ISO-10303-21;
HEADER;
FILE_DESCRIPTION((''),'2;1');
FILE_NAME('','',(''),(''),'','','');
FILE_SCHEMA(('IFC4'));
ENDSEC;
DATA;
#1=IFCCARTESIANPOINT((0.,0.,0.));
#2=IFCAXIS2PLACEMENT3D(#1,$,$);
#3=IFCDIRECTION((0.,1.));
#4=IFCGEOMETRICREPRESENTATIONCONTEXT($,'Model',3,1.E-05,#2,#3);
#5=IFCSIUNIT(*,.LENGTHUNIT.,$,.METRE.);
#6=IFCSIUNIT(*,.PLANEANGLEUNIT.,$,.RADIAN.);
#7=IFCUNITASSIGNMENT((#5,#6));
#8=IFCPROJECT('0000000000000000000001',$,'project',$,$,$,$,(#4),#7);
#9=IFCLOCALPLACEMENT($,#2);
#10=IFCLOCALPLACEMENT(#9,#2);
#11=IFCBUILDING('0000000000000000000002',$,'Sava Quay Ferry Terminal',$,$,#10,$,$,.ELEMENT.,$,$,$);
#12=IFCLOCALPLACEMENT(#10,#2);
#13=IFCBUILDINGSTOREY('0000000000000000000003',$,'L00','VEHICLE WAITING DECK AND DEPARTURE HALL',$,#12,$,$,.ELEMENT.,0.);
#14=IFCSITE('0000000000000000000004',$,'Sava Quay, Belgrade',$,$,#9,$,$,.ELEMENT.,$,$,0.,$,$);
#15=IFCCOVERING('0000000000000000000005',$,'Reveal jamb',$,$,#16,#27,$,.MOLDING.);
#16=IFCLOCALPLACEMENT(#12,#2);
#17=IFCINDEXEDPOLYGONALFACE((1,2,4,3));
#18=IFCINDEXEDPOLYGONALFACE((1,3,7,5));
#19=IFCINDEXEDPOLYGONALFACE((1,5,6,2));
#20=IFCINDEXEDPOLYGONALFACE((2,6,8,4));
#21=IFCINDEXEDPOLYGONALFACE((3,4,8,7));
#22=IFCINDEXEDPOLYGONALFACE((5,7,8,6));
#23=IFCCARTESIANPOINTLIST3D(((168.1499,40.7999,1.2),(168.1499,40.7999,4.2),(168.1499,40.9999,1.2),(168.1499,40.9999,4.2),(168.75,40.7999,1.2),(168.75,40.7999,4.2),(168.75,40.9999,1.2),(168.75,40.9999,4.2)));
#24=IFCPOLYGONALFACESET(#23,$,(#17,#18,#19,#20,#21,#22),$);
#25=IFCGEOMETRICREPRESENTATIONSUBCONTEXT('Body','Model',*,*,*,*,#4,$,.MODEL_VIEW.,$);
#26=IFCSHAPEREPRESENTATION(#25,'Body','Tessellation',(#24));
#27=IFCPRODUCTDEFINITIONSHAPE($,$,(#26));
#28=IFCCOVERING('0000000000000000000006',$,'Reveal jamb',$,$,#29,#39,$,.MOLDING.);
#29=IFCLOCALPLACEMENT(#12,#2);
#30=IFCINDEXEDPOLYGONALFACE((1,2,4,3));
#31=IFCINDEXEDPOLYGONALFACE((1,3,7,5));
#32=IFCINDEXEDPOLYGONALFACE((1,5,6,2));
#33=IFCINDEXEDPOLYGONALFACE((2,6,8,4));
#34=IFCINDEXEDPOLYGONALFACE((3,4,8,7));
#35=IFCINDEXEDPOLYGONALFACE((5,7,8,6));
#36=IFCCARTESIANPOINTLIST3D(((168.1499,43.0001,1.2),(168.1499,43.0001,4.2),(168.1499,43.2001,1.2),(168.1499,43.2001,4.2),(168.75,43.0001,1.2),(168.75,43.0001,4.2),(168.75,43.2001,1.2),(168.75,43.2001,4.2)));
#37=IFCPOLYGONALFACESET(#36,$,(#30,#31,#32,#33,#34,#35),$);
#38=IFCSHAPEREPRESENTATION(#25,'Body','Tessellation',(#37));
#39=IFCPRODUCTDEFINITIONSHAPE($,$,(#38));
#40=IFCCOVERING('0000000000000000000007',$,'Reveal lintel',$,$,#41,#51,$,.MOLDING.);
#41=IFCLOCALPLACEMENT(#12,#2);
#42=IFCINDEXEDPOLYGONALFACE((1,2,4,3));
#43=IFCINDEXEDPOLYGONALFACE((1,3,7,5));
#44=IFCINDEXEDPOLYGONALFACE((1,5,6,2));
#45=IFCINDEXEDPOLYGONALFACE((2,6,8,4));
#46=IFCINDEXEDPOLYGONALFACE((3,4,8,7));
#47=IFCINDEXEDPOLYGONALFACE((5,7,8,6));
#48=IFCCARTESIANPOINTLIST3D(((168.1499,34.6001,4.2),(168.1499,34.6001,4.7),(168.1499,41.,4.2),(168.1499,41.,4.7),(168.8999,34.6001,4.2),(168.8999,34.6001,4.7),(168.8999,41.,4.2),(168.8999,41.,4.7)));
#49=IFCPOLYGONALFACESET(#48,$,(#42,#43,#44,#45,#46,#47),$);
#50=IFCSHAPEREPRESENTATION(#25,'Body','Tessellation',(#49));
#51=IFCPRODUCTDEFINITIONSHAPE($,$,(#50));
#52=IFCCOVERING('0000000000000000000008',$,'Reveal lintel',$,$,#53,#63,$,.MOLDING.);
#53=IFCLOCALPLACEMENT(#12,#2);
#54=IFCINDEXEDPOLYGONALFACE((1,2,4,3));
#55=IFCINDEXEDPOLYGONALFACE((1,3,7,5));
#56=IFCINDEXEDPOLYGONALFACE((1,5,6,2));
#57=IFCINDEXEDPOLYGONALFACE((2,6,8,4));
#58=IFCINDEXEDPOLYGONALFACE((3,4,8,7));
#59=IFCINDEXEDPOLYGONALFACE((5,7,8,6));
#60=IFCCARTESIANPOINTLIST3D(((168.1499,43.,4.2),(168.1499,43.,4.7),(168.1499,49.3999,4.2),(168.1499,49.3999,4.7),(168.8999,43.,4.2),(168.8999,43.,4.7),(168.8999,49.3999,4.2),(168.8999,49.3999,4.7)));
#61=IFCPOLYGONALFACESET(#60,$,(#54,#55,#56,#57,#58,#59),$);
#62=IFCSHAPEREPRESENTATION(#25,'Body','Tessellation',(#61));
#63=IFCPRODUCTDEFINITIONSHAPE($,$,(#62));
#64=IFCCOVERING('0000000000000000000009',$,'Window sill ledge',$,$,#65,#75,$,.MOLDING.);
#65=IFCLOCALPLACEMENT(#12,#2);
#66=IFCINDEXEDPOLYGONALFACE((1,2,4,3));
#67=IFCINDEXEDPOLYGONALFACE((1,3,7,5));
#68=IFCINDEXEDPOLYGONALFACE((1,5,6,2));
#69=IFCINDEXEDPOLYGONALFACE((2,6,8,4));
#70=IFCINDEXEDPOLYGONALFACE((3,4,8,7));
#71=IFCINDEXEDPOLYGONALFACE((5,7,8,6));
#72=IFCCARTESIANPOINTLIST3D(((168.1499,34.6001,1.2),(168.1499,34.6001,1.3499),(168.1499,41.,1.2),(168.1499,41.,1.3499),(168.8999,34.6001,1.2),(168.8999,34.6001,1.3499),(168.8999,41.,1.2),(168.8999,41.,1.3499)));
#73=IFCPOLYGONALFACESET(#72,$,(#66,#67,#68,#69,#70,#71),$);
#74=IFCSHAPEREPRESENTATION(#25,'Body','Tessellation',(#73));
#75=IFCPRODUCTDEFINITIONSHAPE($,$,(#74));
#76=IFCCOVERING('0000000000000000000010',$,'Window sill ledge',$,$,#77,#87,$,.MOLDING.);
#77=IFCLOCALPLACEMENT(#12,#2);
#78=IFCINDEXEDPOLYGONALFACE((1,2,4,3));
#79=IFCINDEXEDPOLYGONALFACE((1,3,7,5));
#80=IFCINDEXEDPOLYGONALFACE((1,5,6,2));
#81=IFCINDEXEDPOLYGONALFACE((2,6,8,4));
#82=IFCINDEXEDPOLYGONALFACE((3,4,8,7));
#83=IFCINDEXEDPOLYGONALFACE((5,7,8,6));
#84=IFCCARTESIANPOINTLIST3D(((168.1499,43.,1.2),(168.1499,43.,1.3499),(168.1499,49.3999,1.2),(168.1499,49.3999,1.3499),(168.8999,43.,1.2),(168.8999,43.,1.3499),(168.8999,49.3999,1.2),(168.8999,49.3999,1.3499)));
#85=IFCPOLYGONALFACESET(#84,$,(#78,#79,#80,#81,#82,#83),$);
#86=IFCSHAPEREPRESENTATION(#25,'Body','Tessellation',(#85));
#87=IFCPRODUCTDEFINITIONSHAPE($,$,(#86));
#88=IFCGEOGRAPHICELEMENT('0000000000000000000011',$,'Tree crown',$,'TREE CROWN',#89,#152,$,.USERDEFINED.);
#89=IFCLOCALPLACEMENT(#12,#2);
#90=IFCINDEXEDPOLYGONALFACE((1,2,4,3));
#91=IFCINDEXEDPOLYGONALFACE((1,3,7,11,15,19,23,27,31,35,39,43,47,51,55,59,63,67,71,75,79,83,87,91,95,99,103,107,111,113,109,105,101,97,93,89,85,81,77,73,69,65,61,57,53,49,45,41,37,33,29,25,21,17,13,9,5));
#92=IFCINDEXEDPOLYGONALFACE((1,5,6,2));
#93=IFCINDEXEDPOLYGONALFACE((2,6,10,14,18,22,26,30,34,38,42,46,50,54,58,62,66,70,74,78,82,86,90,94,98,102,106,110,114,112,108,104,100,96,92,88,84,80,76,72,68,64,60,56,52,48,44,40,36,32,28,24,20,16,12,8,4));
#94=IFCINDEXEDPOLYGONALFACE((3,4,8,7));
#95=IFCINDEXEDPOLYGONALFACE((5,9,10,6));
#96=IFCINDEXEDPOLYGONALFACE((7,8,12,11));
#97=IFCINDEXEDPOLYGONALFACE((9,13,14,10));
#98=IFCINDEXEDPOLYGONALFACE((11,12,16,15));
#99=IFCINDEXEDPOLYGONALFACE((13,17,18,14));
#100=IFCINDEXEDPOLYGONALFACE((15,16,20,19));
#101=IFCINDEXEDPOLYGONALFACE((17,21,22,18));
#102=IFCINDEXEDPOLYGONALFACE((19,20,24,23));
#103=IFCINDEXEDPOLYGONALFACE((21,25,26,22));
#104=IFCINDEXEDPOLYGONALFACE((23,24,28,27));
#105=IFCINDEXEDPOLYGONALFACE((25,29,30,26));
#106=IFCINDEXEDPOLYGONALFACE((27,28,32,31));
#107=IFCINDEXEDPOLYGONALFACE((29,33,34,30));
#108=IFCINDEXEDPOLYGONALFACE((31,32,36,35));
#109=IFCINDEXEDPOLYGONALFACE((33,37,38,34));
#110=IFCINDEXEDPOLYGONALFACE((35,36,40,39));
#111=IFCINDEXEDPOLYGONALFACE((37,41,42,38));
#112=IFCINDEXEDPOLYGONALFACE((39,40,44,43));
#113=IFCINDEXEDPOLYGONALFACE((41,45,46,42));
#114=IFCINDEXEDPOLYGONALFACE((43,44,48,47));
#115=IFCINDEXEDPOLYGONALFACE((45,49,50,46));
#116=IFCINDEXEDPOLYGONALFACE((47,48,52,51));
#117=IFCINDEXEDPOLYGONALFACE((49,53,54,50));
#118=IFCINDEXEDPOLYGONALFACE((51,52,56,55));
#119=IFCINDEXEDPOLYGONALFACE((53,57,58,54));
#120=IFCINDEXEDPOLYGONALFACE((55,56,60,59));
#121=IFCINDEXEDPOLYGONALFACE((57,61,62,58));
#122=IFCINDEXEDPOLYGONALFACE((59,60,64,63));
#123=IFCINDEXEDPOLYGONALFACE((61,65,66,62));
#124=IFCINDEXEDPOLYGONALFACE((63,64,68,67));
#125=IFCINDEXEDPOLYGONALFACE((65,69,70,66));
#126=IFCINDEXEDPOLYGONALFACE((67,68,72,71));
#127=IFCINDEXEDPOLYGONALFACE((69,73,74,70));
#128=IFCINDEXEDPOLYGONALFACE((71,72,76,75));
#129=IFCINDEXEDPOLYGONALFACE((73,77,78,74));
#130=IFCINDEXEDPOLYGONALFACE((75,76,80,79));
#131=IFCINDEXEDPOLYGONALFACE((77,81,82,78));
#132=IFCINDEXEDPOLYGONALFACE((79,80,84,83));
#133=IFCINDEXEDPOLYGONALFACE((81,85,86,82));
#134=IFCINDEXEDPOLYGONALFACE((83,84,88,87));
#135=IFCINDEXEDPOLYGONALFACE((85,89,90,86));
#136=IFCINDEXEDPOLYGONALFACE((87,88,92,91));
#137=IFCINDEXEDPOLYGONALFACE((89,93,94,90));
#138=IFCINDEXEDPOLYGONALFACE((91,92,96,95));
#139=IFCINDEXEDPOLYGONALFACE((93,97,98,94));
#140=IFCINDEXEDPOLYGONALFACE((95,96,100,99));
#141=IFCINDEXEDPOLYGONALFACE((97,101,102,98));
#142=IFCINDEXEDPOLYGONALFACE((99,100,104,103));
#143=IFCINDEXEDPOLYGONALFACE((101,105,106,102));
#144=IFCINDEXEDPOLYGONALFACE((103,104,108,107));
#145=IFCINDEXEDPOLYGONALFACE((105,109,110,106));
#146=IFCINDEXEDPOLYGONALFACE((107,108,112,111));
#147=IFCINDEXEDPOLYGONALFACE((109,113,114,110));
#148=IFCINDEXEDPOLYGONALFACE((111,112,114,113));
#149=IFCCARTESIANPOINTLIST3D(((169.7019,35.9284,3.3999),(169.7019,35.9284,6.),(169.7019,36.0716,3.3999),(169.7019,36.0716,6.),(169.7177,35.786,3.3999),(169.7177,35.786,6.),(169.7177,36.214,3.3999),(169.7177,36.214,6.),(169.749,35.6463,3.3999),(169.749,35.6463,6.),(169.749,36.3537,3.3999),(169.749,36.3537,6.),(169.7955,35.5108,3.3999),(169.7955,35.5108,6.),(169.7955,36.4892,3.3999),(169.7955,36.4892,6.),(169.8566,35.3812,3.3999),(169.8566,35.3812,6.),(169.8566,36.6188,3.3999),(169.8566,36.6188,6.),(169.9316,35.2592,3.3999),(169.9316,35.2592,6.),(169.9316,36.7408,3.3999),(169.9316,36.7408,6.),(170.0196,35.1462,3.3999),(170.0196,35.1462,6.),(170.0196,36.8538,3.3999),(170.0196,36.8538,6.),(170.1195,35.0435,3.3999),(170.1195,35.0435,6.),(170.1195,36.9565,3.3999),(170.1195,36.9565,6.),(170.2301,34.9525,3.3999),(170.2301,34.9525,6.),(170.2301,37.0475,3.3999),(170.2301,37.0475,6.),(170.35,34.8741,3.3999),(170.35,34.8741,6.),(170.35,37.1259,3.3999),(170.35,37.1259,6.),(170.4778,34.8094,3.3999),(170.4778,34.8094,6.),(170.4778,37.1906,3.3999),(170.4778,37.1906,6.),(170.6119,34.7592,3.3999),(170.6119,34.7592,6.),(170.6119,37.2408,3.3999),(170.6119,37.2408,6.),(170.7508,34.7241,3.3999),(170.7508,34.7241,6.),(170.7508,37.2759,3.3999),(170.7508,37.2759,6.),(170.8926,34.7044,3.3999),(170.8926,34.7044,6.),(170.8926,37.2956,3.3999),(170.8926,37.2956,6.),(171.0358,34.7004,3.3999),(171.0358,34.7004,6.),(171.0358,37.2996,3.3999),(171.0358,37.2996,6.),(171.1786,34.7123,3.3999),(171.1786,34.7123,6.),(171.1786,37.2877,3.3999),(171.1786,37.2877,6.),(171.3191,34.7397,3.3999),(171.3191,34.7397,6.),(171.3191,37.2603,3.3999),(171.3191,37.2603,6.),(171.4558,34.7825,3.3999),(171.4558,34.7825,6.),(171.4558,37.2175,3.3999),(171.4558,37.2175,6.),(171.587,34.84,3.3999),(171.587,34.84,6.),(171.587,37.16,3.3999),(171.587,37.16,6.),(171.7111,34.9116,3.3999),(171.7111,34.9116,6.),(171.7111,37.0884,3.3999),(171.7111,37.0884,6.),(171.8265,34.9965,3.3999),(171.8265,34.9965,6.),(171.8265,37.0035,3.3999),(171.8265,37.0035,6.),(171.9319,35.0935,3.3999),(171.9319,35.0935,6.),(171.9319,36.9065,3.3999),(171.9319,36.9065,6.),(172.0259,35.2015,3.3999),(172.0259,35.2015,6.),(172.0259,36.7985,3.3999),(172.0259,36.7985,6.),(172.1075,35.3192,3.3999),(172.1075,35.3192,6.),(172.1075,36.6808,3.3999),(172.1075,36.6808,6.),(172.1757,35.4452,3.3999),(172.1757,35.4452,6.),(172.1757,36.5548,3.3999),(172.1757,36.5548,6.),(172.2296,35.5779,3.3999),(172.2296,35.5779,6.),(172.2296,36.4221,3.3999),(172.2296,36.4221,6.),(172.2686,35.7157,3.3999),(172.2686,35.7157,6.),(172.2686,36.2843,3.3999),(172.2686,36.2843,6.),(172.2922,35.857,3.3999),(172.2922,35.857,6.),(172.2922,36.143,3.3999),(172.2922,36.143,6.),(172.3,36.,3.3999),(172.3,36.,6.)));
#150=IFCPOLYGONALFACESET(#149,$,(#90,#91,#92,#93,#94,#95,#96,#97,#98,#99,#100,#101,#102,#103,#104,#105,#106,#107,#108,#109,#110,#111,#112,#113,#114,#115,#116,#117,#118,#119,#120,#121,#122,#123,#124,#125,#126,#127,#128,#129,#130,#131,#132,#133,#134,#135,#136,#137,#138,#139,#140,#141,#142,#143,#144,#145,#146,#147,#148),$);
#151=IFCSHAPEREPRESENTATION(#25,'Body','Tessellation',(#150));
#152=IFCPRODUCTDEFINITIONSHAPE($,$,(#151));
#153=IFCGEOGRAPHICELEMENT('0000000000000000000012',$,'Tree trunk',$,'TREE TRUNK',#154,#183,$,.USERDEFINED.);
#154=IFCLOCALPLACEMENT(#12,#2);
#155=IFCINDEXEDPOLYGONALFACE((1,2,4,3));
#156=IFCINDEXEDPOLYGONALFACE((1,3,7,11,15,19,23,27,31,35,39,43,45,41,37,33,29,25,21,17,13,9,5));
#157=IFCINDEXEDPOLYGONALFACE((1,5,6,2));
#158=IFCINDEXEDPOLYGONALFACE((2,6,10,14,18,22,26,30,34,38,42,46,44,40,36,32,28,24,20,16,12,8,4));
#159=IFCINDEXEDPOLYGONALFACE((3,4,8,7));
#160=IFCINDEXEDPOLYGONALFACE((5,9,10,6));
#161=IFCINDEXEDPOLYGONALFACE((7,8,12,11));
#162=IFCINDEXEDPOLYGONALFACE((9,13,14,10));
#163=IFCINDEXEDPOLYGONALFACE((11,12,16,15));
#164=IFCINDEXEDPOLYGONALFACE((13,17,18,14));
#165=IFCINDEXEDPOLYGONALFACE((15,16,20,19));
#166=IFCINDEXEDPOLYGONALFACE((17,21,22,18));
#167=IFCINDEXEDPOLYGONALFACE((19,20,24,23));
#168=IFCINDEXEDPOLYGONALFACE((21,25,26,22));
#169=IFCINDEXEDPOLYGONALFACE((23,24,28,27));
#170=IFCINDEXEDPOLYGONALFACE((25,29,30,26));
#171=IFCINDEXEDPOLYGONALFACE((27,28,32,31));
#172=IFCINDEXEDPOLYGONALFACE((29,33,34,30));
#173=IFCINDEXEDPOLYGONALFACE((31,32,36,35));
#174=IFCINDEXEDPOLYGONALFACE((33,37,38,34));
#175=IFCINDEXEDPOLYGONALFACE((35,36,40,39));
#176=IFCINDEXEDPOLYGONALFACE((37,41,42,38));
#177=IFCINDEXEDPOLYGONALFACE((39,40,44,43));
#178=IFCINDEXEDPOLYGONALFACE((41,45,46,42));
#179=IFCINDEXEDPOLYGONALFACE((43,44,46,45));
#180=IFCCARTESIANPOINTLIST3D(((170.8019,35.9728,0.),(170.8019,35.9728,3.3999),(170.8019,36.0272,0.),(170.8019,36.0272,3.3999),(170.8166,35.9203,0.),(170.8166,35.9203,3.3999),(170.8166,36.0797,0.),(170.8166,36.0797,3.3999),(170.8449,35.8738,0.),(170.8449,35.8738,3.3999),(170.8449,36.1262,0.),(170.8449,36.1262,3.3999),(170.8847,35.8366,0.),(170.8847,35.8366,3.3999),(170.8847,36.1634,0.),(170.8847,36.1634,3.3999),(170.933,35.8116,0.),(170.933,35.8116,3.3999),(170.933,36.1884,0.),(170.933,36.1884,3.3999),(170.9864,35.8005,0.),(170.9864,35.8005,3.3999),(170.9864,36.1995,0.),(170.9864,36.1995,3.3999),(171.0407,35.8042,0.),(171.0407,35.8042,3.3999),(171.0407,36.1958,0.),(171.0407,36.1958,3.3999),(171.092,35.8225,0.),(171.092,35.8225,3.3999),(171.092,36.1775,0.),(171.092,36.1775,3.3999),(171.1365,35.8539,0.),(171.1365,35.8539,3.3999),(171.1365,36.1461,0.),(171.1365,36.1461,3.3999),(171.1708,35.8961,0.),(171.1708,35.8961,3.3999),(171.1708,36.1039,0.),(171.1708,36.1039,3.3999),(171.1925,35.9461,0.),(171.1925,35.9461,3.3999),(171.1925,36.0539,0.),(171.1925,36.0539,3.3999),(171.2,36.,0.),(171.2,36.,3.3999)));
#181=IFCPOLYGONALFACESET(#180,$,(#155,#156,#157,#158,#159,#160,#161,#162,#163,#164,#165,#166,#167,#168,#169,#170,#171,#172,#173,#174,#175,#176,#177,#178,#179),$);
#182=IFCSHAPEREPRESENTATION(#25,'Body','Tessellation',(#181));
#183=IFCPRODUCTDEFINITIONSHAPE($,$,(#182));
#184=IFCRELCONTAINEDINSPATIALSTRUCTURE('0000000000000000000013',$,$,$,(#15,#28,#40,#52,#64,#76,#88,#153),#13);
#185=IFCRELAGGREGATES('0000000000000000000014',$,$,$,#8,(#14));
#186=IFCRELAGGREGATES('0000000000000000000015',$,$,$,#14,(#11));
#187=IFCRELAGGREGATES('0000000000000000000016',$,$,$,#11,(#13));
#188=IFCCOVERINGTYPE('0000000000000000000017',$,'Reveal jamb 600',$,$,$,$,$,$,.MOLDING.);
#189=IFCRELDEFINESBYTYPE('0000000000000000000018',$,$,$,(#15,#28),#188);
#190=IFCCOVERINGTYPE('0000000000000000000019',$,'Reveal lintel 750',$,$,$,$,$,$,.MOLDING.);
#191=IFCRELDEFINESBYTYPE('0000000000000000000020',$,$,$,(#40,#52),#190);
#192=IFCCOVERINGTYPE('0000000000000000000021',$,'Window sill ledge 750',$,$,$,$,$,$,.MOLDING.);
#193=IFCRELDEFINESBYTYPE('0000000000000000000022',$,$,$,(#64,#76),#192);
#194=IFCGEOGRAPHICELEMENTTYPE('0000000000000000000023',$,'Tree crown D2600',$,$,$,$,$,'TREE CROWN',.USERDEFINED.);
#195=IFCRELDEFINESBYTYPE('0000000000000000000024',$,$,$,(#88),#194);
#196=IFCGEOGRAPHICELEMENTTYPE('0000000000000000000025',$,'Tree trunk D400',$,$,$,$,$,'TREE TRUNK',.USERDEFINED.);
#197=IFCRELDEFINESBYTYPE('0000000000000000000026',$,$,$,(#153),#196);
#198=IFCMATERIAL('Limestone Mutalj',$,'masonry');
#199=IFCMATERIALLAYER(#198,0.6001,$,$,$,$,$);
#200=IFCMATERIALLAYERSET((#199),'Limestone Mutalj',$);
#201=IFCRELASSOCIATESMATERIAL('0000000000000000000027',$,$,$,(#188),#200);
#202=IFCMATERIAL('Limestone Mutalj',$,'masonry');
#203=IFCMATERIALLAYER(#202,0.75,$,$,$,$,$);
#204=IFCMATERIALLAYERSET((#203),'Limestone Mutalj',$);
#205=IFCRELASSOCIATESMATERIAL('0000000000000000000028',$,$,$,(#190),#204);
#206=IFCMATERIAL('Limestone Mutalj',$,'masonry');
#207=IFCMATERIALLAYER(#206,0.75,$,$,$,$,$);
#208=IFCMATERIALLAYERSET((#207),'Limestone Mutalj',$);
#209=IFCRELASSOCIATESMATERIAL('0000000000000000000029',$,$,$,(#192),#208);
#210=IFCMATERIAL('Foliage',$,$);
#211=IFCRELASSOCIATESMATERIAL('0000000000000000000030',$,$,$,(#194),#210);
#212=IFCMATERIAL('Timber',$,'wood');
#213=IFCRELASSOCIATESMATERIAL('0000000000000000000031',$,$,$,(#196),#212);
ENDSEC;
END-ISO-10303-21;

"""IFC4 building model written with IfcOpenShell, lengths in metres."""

from ifc_helpers import new_model, si_unit, direction, frame, origin, origin_2d, place, context, subcontext, project, spatial, rectangle, circle, extrude, material, layer, layer_set, type_object, element, save


model = new_model("IFC4")

# Units and contexts
model_context = context("Model", 3, precision=1e-05, world=origin(), true_north=direction((0.0, 1.0)))
body_context = subcontext(model_context, "Body", "Model", "MODEL_VIEW")
ifc_project = project(units=[si_unit("LENGTHUNIT", "METRE"), si_unit("PLANEANGLEUNIT", "RADIAN")], contexts=[model_context])

# Site, building, storey
site_placement = place(None, origin())
site = spatial("IfcSite", under=ifc_project, at=site_placement, Name="Sava Quay, Belgrade", CompositionType="ELEMENT", RefElevation=0.0)
building_placement = place(site_placement, origin())
building = spatial("IfcBuilding", under=site, at=building_placement, Name="Sava Quay Ferry Terminal", CompositionType="ELEMENT")
storey_placement = place(building_placement, origin())
storey = spatial("IfcBuildingStorey", under=building, at=storey_placement, Name="L00", Description="VEHICLE WAITING DECK AND DEPARTURE HALL", CompositionType="ELEMENT", Elevation=0.0)

# Coverings
ifc_material_1 = material(Name="Limestone Mutalj", Category="masonry")
ifc_layer_1 = layer(ifc_material_1, 0.6001)
ifc_layer_set_1 = layer_set([ifc_layer_1], Name="Limestone Mutalj")
covering_type_1 = type_object("IfcCoveringType", Name="Reveal jamb 600", PredefinedType="MOLDING", material=ifc_layer_set_1)
for number, where, z_axis, x_axis, name in (
    (1, (168.45, 40.8999, 1.2), (0.0, 0.0, 1.0), (1.0, 0.0, 0.0), "Reveal jamb"),
    (2, (168.45, 43.1001, 1.2), (0.0, 0.0, 1.0), (1.0, 0.0, 0.0), "Reveal jamb"),
):
    element("IfcCovering", number, at=place(storey_placement, frame(where, z_axis=z_axis, x_axis=x_axis)), inside=storey, type_object=covering_type_1, Name=name, PredefinedType="MOLDING", context=body_context, shape_type="SweptSolid", body=[
        extrude(rectangle(XDim=0.6001, YDim=0.2, at=origin_2d()), origin(), (0.0, 0.0, 1.0), 3.0),
    ])
ifc_material_2 = material(Name="Limestone Mutalj", Category="masonry")
ifc_layer_2 = layer(ifc_material_2, 0.75)
ifc_layer_set_2 = layer_set([ifc_layer_2], Name="Limestone Mutalj")
covering_type_2 = type_object("IfcCoveringType", Name="Reveal lintel 750", PredefinedType="MOLDING", material=ifc_layer_set_2)
for number, where, z_axis, x_axis, name in (
    (3, (168.5249, 37.8, 4.2), (0.0, 0.0, 1.0), (1.0, 0.0, 0.0), "Reveal lintel"),
    (4, (168.5249, 46.2, 4.2), (0.0, 0.0, 1.0), (1.0, 0.0, 0.0), "Reveal lintel"),
):
    element("IfcCovering", number, at=place(storey_placement, frame(where, z_axis=z_axis, x_axis=x_axis)), inside=storey, type_object=covering_type_2, Name=name, PredefinedType="MOLDING", context=body_context, shape_type="SweptSolid", body=[
        extrude(rectangle(XDim=0.75, YDim=6.3999, at=origin_2d()), origin(), (0.0, 0.0, 1.0), 0.5),
    ])
ifc_material_3 = material(Name="Limestone Mutalj", Category="masonry")
ifc_layer_3 = layer(ifc_material_3, 0.75)
ifc_layer_set_3 = layer_set([ifc_layer_3], Name="Limestone Mutalj")
covering_type_3 = type_object("IfcCoveringType", Name="Window sill ledge 750", PredefinedType="MOLDING", material=ifc_layer_set_3)
for number, where, z_axis, x_axis, name in (
    (5, (168.5249, 37.8, 1.2), (0.0, 0.0, 1.0), (1.0, 0.0, 0.0), "Window sill ledge"),
    (6, (168.5249, 46.2, 1.2), (0.0, 0.0, 1.0), (1.0, 0.0, 0.0), "Window sill ledge"),
):
    element("IfcCovering", number, at=place(storey_placement, frame(where, z_axis=z_axis, x_axis=x_axis)), inside=storey, type_object=covering_type_3, Name=name, PredefinedType="MOLDING", context=body_context, shape_type="SweptSolid", body=[
        extrude(rectangle(XDim=0.75, YDim=6.3999, at=origin_2d()), origin(), (0.0, 0.0, 1.0), 0.1499),
    ])

# Geographic elements
ifc_material_4 = material(Name="Foliage")
geographic_element_type_1 = type_object("IfcGeographicElementType", Name="Tree crown D2600", ElementType="TREE CROWN", PredefinedType="USERDEFINED", material=ifc_material_4)
geographic_element_1_placement = place(storey_placement, frame((171.0, 36.0, 6.0), z_axis=(0.0, 0.0, -1.0), x_axis=(1.0, 0.0, 0.0)))
element("IfcGeographicElement", 7, at=geographic_element_1_placement, inside=storey, type_object=geographic_element_type_1, Name="Tree crown", ObjectType="TREE CROWN", PredefinedType="USERDEFINED", context=body_context, shape_type="SweptSolid", body=[
    extrude(circle(Radius=1.3, at=origin_2d()), origin(), (0.0, 0.0, 1.0), 2.6001),
])
ifc_material_5 = material(Name="Timber", Category="wood")
geographic_element_type_2 = type_object("IfcGeographicElementType", Name="Tree trunk D400", ElementType="TREE TRUNK", PredefinedType="USERDEFINED", material=ifc_material_5)
geographic_element_2_placement = place(storey_placement, frame((171.0, 36.0, 3.3999), z_axis=(0.0, 0.0, -1.0), x_axis=(1.0, 0.0, 0.0)))
element("IfcGeographicElement", 8, at=geographic_element_2_placement, inside=storey, type_object=geographic_element_type_2, Name="Tree trunk", ObjectType="TREE TRUNK", PredefinedType="USERDEFINED", context=body_context, shape_type="SweptSolid", body=[
    extrude(circle(Radius=0.2, at=origin_2d()), origin(), (0.0, 0.0, 1.0), 3.3999),
])

save(model, "model.ifc")
